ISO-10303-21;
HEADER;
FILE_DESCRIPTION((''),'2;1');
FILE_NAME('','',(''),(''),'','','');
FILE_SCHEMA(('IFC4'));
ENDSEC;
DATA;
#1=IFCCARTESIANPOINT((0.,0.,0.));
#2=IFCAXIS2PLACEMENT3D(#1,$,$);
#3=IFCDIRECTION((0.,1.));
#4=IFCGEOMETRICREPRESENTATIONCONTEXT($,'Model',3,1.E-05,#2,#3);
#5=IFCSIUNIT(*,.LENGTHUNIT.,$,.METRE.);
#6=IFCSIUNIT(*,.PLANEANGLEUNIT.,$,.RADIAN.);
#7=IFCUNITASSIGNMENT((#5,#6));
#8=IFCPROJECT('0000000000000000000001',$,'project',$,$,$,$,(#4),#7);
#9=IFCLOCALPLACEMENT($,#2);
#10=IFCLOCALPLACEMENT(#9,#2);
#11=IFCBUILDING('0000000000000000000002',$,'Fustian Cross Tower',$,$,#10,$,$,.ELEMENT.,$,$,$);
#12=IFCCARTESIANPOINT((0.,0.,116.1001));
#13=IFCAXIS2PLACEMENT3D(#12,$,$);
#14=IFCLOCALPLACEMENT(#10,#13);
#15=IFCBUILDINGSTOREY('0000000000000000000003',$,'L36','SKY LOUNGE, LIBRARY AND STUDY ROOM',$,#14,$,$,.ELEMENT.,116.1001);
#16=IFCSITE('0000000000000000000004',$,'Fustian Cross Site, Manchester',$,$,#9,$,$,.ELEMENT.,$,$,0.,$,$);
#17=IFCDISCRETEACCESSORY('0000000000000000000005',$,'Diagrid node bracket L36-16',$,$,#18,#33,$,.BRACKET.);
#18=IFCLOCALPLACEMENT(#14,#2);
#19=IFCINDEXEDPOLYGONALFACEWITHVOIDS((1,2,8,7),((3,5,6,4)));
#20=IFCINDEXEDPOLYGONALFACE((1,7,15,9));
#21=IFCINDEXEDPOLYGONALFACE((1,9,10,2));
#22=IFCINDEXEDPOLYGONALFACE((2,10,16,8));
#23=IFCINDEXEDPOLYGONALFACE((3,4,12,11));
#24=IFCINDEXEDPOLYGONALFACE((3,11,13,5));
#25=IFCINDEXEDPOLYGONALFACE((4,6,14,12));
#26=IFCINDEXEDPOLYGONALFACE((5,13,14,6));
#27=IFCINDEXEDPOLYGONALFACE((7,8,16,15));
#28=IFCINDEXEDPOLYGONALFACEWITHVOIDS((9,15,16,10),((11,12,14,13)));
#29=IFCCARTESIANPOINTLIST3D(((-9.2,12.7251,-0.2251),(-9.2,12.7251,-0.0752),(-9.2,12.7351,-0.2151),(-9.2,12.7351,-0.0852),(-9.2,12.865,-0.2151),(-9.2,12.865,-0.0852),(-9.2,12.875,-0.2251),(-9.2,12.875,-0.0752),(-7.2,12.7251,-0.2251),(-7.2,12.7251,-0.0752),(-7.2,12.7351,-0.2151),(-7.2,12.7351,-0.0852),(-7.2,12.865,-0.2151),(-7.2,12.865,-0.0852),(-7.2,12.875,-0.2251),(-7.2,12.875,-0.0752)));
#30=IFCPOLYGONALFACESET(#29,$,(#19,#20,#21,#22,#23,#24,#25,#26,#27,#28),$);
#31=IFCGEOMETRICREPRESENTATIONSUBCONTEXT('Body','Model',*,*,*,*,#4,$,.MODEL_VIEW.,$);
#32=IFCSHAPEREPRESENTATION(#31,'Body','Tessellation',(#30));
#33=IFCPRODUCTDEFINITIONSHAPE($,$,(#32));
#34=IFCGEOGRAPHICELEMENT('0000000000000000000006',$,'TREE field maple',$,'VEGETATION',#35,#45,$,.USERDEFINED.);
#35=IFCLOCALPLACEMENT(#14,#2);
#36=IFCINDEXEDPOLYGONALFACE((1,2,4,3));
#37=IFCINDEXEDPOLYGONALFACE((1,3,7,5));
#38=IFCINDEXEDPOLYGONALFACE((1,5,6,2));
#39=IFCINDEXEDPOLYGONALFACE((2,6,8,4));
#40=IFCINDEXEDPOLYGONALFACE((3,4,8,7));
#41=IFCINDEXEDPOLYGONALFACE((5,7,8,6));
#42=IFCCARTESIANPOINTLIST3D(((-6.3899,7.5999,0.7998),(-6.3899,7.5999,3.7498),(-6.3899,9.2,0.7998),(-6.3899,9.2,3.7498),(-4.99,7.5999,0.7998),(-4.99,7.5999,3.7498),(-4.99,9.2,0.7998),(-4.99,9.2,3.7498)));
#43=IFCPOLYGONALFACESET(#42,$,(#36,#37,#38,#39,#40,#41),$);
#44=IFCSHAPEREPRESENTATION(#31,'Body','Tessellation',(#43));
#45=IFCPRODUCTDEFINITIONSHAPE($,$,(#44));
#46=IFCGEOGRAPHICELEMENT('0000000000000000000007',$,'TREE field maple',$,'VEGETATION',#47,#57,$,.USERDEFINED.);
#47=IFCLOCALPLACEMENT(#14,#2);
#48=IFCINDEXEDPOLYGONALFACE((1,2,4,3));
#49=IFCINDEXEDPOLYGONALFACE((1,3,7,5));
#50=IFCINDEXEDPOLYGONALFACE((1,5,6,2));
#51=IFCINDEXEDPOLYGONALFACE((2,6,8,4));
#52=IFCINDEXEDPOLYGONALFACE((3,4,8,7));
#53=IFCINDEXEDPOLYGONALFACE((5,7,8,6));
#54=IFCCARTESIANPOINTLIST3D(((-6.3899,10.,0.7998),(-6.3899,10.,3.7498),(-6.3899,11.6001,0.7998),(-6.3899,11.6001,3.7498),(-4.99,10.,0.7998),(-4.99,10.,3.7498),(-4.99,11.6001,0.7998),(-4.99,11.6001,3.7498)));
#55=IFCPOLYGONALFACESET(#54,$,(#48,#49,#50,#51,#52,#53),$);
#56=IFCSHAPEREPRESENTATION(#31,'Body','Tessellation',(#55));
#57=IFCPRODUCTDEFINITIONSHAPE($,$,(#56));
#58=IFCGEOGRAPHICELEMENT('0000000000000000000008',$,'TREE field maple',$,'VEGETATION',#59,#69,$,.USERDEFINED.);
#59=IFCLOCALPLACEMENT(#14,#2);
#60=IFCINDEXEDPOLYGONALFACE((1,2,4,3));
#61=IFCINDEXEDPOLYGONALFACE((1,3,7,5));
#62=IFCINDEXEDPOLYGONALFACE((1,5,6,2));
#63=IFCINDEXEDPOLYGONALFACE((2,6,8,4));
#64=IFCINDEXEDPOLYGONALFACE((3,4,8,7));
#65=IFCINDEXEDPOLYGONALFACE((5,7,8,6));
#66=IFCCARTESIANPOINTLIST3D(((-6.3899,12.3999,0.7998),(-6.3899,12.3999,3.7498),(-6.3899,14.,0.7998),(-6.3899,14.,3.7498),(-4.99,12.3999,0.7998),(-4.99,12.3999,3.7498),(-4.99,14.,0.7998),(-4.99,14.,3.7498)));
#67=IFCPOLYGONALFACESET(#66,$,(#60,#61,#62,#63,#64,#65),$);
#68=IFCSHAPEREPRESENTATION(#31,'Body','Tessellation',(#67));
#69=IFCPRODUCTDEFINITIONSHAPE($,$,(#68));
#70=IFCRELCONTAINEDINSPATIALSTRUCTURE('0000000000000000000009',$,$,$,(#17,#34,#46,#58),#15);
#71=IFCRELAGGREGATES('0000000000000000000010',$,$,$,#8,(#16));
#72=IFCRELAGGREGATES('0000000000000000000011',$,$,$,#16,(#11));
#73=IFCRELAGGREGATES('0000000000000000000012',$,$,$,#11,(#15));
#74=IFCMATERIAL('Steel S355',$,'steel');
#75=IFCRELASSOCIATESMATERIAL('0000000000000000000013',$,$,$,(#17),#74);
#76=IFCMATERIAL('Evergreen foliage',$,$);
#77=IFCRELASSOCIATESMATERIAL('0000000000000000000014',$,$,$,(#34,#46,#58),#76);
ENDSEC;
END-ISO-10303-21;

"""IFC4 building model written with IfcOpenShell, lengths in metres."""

from ifc_helpers import new_model, si_unit, direction, frame, origin, origin_2d, place, context, subcontext, project, spatial, rectangle, hollow_rectangle, extrude, material, element, save


model = new_model("IFC4")

# Units and contexts
model_context = context("Model", 3, precision=1e-05, world=origin(), true_north=direction((0.0, 1.0)))
body_context = subcontext(model_context, "Body", "Model", "MODEL_VIEW")
ifc_project = project(units=[si_unit("LENGTHUNIT", "METRE"), si_unit("PLANEANGLEUNIT", "RADIAN")], contexts=[model_context])

# Site, building, storey
site_placement = place(None, origin())
site = spatial("IfcSite", under=ifc_project, at=site_placement, Name="Fustian Cross Site, Manchester", CompositionType="ELEMENT", RefElevation=0.0)
building_placement = place(site_placement, origin())
building = spatial("IfcBuilding", under=site, at=building_placement, Name="Fustian Cross Tower", CompositionType="ELEMENT")
storey_placement = place(building_placement, frame((0.0, 0.0, 116.1001)))
storey = spatial("IfcBuildingStorey", under=building, at=storey_placement, Name="L36", Description="SKY LOUNGE, LIBRARY AND STUDY ROOM", CompositionType="ELEMENT", Elevation=116.1001)

# Discrete accessory
ifc_material_1 = material(Name="Steel S355", Category="steel")
discrete_accessory_placement = place(storey_placement, frame((-9.2, 12.8, -0.1501), z_axis=(1.0, 0.0, 0.0), x_axis=(0.0, 1.0, 0.0)))
element("IfcDiscreteAccessory", 1, at=discrete_accessory_placement, inside=storey, material=ifc_material_1, Name="Diagrid node bracket L36-16", PredefinedType="BRACKET", context=body_context, shape_type="SweptSolid", body=[
    extrude(hollow_rectangle(XDim=0.1499, YDim=0.1499, WallThickness=0.01, at=origin_2d()), origin(), (0.0, 0.0, 1.0), 2.0),
])

# Geographic elements
ifc_material_2 = material(Name="Evergreen foliage")
for number, where, z_axis, x_axis, name in (
    (2, (-5.6899, 8.3999, 0.7998), (0.0, 0.0, 1.0), (1.0, 0.0, 0.0), "TREE field maple"),
    (3, (-5.6899, 10.8, 0.7998), (0.0, 0.0, 1.0), (1.0, 0.0, 0.0), "TREE field maple"),
    (4, (-5.6899, 13.2, 0.7998), (0.0, 0.0, 1.0), (1.0, 0.0, 0.0), "TREE field maple"),
):
    element("IfcGeographicElement", number, at=place(storey_placement, frame(where, z_axis=z_axis, x_axis=x_axis)), inside=storey, material=ifc_material_2, Name=name, ObjectType="VEGETATION", PredefinedType="USERDEFINED", context=body_context, shape_type="SweptSolid", body=[
        extrude(rectangle(XDim=1.3999, YDim=1.6001, at=origin_2d()), origin(), (0.0, 0.0, 1.0), 2.95),
    ])

save(model, "model.ifc")
